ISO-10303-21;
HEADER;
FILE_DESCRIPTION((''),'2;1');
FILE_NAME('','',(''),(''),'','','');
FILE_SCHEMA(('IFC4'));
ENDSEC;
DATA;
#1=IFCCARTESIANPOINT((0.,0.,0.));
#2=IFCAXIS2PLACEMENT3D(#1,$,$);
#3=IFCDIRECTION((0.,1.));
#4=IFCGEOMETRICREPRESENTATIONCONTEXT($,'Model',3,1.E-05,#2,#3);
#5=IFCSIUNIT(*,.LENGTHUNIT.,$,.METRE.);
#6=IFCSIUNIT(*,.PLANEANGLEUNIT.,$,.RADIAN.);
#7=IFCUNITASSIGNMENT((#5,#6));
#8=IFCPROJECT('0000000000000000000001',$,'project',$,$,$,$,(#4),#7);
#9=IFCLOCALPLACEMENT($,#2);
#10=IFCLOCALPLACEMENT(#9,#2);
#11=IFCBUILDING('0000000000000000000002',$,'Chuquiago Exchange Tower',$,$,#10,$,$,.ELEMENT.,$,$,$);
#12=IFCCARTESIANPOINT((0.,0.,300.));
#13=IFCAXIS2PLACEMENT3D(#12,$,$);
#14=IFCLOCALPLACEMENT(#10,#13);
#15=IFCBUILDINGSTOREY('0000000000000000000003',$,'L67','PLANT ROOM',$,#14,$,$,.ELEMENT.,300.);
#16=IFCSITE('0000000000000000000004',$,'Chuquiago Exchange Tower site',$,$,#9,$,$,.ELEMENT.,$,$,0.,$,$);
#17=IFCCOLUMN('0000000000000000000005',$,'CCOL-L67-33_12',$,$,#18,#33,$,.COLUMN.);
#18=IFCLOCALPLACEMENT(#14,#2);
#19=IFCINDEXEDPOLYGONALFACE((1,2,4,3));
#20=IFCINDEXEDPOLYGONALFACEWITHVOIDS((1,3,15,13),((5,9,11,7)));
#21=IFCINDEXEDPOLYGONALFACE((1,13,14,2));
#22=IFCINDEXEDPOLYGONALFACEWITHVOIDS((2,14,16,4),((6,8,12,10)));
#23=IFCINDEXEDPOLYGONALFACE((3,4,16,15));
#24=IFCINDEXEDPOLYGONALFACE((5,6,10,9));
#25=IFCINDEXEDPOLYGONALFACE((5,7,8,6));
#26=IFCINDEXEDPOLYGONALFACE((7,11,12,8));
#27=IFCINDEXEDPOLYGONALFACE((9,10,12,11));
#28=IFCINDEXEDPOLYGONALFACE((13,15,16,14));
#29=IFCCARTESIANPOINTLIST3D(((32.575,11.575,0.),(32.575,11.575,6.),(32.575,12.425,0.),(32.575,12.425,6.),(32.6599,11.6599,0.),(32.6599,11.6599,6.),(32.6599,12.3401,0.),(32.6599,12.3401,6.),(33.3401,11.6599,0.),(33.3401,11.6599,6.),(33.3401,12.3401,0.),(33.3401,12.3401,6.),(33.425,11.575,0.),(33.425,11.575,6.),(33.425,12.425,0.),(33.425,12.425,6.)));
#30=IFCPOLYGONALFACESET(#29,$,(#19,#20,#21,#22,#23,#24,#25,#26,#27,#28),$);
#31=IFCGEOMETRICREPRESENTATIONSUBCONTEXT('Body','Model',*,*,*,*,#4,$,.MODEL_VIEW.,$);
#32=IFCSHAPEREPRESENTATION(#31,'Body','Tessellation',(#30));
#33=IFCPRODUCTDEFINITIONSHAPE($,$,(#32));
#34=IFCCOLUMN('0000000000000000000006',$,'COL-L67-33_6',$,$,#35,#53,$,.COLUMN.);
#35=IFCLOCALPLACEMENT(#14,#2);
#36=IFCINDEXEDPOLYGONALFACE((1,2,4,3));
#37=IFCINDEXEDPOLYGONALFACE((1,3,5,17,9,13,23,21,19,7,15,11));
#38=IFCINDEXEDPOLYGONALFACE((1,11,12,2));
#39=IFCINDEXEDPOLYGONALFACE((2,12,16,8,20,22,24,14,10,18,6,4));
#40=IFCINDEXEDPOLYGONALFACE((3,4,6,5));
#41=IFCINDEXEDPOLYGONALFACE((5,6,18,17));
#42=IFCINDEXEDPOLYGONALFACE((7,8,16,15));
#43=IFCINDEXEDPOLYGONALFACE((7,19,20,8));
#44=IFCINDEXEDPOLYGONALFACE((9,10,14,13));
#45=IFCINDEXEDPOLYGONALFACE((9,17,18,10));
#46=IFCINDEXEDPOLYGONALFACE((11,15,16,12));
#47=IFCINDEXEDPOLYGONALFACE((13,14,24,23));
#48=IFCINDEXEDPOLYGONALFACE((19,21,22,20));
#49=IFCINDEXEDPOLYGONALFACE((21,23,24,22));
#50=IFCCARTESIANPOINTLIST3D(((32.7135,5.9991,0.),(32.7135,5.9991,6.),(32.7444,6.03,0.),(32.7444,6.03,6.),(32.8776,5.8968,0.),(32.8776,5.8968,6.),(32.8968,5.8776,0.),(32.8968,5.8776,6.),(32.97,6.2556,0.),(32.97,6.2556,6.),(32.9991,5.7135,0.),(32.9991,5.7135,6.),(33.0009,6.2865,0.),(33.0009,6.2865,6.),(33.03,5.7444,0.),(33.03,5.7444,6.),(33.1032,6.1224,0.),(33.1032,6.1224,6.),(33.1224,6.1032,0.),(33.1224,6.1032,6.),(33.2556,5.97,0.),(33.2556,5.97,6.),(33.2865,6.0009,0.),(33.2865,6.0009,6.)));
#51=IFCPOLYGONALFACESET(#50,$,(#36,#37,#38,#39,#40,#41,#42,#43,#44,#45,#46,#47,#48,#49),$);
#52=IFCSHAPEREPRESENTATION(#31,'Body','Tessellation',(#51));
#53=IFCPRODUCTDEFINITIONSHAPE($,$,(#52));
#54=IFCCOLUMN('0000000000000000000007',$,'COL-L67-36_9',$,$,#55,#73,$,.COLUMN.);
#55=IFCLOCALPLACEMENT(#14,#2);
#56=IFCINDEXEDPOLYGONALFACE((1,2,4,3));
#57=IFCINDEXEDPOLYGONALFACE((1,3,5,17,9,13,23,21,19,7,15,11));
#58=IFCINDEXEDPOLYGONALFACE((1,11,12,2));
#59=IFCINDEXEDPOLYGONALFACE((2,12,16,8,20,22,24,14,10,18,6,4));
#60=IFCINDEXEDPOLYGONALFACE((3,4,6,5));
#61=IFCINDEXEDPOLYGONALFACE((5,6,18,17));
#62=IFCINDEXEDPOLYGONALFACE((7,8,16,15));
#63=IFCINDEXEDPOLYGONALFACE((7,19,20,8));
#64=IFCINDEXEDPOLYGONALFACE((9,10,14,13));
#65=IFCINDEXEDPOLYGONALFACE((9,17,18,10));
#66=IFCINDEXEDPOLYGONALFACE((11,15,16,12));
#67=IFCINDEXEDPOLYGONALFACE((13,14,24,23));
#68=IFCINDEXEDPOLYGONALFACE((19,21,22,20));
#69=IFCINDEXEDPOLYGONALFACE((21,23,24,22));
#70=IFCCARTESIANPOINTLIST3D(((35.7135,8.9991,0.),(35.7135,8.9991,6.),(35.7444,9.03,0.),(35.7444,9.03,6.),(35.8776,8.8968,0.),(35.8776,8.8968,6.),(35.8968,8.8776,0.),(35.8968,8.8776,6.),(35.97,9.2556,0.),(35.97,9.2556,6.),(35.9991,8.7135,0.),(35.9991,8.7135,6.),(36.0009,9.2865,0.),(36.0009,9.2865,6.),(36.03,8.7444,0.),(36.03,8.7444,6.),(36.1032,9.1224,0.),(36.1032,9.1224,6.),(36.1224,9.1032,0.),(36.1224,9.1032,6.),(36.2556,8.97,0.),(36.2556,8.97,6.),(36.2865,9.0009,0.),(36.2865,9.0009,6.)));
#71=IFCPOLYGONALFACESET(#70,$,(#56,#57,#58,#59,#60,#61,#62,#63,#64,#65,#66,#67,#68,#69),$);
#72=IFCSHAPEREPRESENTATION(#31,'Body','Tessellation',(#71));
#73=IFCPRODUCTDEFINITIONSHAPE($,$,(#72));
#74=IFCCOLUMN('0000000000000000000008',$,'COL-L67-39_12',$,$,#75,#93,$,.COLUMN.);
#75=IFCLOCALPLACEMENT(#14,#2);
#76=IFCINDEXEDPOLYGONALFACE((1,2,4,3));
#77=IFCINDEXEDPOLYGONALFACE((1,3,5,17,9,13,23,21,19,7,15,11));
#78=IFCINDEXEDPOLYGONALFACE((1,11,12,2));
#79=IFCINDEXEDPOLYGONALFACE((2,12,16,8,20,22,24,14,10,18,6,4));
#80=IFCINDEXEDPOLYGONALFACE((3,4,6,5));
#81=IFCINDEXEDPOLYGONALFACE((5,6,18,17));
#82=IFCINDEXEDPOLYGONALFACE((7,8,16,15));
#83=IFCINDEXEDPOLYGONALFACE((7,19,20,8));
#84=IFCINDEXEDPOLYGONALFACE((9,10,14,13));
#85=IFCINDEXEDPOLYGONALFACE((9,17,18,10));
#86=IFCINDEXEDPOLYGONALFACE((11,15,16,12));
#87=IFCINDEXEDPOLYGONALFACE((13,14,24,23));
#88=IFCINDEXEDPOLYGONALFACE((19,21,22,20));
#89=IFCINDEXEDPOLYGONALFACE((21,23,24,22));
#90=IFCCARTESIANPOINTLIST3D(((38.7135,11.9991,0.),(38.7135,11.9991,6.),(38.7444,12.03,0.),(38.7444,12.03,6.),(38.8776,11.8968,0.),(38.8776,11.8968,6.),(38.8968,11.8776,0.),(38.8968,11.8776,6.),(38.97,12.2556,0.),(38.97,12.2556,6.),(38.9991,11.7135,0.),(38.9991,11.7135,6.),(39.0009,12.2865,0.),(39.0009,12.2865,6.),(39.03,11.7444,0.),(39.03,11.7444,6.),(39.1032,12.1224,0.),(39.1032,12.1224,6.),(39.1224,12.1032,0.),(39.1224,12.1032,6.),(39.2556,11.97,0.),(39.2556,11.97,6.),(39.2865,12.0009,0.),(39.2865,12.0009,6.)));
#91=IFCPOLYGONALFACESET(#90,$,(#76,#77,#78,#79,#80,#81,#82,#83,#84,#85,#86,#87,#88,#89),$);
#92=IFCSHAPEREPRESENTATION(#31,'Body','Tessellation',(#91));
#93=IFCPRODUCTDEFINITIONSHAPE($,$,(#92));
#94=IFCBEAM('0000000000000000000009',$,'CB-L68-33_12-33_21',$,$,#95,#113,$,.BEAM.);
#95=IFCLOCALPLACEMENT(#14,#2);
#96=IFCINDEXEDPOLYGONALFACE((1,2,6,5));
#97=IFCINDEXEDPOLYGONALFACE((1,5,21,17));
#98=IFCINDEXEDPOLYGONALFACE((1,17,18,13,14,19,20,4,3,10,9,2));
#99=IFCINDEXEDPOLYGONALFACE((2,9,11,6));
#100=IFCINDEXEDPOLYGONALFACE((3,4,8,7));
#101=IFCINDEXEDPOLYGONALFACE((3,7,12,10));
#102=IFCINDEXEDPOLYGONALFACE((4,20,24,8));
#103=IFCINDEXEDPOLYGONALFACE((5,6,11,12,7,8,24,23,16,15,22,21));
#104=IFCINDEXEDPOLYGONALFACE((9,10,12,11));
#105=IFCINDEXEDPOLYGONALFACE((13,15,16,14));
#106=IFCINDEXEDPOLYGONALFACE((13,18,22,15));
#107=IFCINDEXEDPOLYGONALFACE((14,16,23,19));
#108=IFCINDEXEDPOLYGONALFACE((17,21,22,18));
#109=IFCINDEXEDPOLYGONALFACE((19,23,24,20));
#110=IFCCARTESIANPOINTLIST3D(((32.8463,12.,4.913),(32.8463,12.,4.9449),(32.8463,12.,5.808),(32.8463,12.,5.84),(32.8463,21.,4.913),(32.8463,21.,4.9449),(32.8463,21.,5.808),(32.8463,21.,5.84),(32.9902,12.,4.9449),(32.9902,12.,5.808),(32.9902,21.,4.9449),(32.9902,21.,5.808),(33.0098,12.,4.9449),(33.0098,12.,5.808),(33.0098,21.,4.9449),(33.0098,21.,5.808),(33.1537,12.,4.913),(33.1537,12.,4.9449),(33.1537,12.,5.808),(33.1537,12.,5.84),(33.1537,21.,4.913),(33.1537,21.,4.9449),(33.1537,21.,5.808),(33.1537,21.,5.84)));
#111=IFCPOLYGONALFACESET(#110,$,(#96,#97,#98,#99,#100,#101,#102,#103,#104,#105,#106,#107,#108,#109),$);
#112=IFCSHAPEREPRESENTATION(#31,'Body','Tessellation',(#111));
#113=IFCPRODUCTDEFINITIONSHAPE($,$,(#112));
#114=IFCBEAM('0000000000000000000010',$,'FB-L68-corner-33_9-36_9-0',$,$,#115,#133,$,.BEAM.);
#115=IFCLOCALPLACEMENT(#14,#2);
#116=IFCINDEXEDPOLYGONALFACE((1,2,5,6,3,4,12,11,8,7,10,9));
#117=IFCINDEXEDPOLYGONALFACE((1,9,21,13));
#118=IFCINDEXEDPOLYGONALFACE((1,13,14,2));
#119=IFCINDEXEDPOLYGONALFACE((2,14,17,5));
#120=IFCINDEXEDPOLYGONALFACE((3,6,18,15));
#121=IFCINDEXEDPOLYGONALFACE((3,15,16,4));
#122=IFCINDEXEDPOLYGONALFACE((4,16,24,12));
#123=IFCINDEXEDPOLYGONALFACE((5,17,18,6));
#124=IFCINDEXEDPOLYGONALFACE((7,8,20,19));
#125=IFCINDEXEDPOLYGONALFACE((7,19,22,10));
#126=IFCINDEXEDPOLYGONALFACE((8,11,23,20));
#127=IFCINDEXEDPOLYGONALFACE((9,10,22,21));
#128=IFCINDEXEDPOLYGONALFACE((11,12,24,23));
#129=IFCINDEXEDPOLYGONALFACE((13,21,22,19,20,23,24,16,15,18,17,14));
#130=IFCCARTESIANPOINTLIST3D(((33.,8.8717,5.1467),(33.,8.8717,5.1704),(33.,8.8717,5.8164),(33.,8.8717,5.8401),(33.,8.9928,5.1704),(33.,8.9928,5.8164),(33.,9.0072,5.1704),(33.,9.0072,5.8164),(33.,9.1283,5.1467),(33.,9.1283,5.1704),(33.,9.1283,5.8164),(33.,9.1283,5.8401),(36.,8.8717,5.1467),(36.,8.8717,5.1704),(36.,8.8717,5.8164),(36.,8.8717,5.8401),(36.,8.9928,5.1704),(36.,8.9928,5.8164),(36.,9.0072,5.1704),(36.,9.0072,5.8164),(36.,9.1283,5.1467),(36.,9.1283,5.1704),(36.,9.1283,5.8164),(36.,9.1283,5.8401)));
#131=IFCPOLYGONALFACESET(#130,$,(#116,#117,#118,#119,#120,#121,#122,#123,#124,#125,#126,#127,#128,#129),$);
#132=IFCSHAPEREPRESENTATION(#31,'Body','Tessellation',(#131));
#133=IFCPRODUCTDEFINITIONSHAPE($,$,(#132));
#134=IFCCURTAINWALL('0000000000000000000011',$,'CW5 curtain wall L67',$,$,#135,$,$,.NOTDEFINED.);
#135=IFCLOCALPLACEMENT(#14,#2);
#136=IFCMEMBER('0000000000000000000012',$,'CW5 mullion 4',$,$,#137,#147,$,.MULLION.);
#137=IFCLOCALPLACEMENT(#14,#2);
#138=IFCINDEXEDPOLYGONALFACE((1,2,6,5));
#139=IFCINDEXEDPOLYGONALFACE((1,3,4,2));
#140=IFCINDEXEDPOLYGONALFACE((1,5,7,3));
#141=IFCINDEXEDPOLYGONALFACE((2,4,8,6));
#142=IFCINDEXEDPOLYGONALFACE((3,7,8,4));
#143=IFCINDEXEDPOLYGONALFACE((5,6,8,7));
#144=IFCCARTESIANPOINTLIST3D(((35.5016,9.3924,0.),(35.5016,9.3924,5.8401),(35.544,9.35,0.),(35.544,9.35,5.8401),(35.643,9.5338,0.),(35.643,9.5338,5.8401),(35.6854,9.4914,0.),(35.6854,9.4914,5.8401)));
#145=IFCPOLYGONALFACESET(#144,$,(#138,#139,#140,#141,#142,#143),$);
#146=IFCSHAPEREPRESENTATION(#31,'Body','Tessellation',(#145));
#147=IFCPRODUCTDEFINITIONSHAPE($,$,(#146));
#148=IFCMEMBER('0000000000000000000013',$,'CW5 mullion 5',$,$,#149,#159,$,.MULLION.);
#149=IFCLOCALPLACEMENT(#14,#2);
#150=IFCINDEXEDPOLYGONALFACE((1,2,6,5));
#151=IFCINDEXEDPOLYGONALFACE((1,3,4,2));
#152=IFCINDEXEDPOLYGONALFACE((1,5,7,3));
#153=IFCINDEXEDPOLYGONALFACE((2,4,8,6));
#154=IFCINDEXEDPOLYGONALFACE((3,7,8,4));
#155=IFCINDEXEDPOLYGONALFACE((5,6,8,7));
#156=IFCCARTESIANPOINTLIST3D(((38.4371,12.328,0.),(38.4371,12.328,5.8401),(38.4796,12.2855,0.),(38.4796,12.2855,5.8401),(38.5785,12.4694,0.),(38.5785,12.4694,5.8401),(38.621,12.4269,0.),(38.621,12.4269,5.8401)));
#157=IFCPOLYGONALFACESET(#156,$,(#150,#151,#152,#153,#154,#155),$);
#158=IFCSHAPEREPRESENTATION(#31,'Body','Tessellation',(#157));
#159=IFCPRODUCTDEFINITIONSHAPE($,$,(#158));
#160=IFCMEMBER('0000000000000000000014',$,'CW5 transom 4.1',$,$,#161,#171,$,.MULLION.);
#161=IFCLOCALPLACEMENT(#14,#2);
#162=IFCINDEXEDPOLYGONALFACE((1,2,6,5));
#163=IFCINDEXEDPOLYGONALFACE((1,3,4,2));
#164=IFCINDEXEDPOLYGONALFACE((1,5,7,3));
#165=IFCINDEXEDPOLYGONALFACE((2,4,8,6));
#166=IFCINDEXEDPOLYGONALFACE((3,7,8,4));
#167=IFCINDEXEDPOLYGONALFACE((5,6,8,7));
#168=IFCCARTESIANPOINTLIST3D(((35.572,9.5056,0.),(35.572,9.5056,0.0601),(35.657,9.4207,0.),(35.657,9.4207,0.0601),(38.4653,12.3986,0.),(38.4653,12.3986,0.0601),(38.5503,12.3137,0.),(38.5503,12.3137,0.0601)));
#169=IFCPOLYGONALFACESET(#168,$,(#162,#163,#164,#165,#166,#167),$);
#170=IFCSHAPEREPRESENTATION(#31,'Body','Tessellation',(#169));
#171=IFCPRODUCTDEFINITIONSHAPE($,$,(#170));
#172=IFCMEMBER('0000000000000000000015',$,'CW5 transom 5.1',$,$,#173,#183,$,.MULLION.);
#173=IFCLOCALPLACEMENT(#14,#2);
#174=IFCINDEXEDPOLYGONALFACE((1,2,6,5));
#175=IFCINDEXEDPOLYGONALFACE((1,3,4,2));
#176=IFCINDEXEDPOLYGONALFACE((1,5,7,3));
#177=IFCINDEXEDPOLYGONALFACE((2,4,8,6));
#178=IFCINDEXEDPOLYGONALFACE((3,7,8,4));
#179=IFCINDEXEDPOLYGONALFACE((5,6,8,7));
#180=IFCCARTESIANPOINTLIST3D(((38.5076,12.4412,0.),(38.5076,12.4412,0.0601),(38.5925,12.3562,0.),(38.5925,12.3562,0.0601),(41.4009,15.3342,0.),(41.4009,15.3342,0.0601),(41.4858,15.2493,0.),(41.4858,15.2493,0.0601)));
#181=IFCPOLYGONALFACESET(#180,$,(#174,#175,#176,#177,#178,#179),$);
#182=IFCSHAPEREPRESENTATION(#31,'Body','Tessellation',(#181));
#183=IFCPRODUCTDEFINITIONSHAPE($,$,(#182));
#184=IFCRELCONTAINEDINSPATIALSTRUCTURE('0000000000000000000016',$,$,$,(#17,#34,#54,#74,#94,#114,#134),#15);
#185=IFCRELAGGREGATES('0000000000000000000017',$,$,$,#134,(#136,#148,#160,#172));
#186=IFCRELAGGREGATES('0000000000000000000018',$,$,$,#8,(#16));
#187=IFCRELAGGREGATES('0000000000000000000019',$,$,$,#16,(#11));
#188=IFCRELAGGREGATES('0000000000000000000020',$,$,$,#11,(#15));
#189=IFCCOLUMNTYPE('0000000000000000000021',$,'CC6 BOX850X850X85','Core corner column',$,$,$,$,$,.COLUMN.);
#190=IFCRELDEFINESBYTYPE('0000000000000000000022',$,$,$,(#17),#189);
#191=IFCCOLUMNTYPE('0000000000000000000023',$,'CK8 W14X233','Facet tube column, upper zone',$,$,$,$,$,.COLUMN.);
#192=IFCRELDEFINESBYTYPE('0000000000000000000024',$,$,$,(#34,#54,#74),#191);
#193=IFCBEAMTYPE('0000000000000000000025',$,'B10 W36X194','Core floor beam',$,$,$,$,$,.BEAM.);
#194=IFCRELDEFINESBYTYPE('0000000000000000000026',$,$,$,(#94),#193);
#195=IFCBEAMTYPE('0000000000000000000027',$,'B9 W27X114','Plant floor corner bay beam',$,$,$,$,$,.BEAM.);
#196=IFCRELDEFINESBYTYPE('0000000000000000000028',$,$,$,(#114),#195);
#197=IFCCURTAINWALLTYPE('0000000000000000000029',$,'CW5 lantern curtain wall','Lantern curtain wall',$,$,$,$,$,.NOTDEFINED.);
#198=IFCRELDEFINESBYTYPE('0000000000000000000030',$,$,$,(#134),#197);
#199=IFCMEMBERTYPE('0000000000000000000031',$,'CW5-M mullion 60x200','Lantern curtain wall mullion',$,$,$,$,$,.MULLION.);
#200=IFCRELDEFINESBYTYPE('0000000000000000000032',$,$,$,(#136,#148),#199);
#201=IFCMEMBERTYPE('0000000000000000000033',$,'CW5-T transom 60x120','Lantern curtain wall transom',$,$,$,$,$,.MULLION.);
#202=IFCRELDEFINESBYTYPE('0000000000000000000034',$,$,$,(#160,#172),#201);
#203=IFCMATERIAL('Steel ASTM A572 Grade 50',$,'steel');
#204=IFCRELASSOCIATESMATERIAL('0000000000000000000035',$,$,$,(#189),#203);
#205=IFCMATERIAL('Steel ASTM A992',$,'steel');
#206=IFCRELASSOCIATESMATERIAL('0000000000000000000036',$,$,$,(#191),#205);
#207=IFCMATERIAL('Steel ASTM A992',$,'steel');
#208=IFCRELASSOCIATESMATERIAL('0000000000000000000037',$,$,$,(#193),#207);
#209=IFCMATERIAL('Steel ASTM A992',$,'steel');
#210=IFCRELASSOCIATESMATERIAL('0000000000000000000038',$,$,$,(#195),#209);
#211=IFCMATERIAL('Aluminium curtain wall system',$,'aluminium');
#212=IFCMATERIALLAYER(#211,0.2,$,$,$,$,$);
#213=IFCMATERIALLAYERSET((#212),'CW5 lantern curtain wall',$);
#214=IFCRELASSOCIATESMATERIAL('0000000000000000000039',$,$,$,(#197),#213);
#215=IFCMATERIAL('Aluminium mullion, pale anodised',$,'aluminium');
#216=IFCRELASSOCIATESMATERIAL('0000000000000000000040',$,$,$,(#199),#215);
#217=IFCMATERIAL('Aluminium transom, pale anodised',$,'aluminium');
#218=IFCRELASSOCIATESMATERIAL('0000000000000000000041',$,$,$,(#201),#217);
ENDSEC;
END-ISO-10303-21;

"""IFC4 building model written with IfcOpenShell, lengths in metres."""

from ifc_helpers import new_model, si_unit, direction, frame, origin, origin_2d, place, context, subcontext, project, spatial, rectangle, hollow_rectangle, i_section, extrude, material, layer, layer_set, material_profile, profile_set, type_object, element, aggregate, save


model = new_model("IFC4")

# Units and contexts
model_context = context("Model", 3, precision=1e-05, world=origin(), true_north=direction((0.0, 1.0)))
body_context = subcontext(model_context, "Body", "Model", "MODEL_VIEW")
ifc_project = project(units=[si_unit("LENGTHUNIT", "METRE"), si_unit("PLANEANGLEUNIT", "RADIAN")], contexts=[model_context])

# Site, building, storey
site_placement = place(None, origin())
site = spatial("IfcSite", under=ifc_project, at=site_placement, Name="Chuquiago Exchange Tower site", CompositionType="ELEMENT", RefElevation=0.0)
building_placement = place(site_placement, origin())
building = spatial("IfcBuilding", under=site, at=building_placement, Name="Chuquiago Exchange Tower", CompositionType="ELEMENT")
storey_placement = place(building_placement, frame((0.0, 0.0, 300.0)))
storey = spatial("IfcBuildingStorey", under=building, at=storey_placement, Name="L67", Description="PLANT ROOM", CompositionType="ELEMENT", Elevation=300.0)

# Columns
ifc_material_1 = material(Name="Steel ASTM A572 Grade 50", Category="steel")
ifc_material_profile_1 = material_profile(ifc_material_1, hollow_rectangle(XDim=0.8501, YDim=0.8501, WallThickness=0.085, at=origin_2d()), Name="BOX850X850X85")
ifc_profile_set_1 = profile_set([ifc_material_profile_1], Name="Steel ASTM A572 Grade 50")
column_type_1 = type_object("IfcColumnType", Name="CC6 BOX850X850X85", Description="Core corner column", PredefinedType="COLUMN", material=ifc_profile_set_1)
column_placement = place(storey_placement, frame((33.0, 12.0, 0.0), z_axis=(0.0, 0.0, 1.0), x_axis=(1.0, 0.0, 0.0)))
element("IfcColumn", 1, at=column_placement, inside=storey, type_object=column_type_1, Name="CCOL-L67-33_12", PredefinedType="COLUMN", context=body_context, shape_type="SweptSolid", body=[
    extrude(hollow_rectangle(XDim=0.8501, YDim=0.8501, WallThickness=0.085, at=origin_2d()), origin(), (0.0, 0.0, 1.0), 6.0),
])
ifc_material_2 = material(Name="Steel ASTM A992", Category="steel")
ifc_material_profile_2 = material_profile(ifc_material_2, i_section(OverallWidth=0.4038, OverallDepth=0.4065, WebThickness=0.0271, FlangeThickness=0.0437, at=origin_2d()), Name="W14X233")
ifc_profile_set_2 = profile_set([ifc_material_profile_2], Name="Steel ASTM A992")
column_type_2 = type_object("IfcColumnType", Name="CK8 W14X233", Description="Facet tube column, upper zone", PredefinedType="COLUMN", material=ifc_profile_set_2)
for number, where, z_axis, x_axis, name in (
    (2, (33.0, 6.0, 0.0), (0.0, 0.0, 1.0), (0.707107, -0.707107, 0.0), "COL-L67-33_6"),
    (3, (36.0, 9.0, 0.0), (0.0, 0.0, 1.0), (0.707107, -0.707107, 0.0), "COL-L67-36_9"),
    (4, (39.0, 12.0, 0.0), (0.0, 0.0, 1.0), (0.707107, -0.707107, 0.0), "COL-L67-39_12"),
):
    element("IfcColumn", number, at=place(storey_placement, frame(where, z_axis=z_axis, x_axis=x_axis)), inside=storey, type_object=column_type_2, Name=name, PredefinedType="COLUMN", context=body_context, shape_type="SweptSolid", body=[
        extrude(i_section(OverallWidth=0.4038, OverallDepth=0.4065, WebThickness=0.0271, FlangeThickness=0.0437, at=origin_2d()), origin(), (0.0, 0.0, 1.0), 6.0),
    ])

# Beams
ifc_material_3 = material(Name="Steel ASTM A992", Category="steel")
ifc_material_profile_3 = material_profile(ifc_material_3, i_section(OverallWidth=0.3074, OverallDepth=0.927, WebThickness=0.0195, FlangeThickness=0.032, at=origin_2d()), Name="W36X194")
ifc_profile_set_3 = profile_set([ifc_material_profile_3], Name="Steel ASTM A992")
beam_type_1 = type_object("IfcBeamType", Name="B10 W36X194", Description="Core floor beam", PredefinedType="BEAM", material=ifc_profile_set_3)
beam_1_placement = place(storey_placement, frame((33.0, 12.0, 5.3765), z_axis=(0.0, 1.0, 0.0), x_axis=(-1.0, 0.0, 0.0)))
element("IfcBeam", 5, at=beam_1_placement, inside=storey, type_object=beam_type_1, Name="CB-L68-33_12-33_21", PredefinedType="BEAM", context=body_context, shape_type="SweptSolid", body=[
    extrude(i_section(OverallWidth=0.3074, OverallDepth=0.927, WebThickness=0.0195, FlangeThickness=0.032, at=origin_2d()), origin(), (0.0, 0.0, 1.0), 9.0),
])
ifc_material_4 = material(Name="Steel ASTM A992", Category="steel")
ifc_material_profile_4 = material_profile(ifc_material_4, i_section(OverallWidth=0.2566, OverallDepth=0.6934, WebThickness=0.0144, FlangeThickness=0.0237, at=origin_2d()), Name="W27X114")
ifc_profile_set_4 = profile_set([ifc_material_profile_4], Name="Steel ASTM A992")
beam_type_2 = type_object("IfcBeamType", Name="B9 W27X114", Description="Plant floor corner bay beam", PredefinedType="BEAM", material=ifc_profile_set_4)
beam_2_placement = place(storey_placement, frame((33.0, 9.0, 5.4934), z_axis=(1.0, 0.0, 0.0), x_axis=(0.0, 1.0, 0.0)))
element("IfcBeam", 6, at=beam_2_placement, inside=storey, type_object=beam_type_2, Name="FB-L68-corner-33_9-36_9-0", PredefinedType="BEAM", context=body_context, shape_type="SweptSolid", body=[
    extrude(i_section(OverallWidth=0.2566, OverallDepth=0.6934, WebThickness=0.0144, FlangeThickness=0.0237, at=origin_2d()), origin(), (0.0, 0.0, 1.0), 3.0),
])

# Curtain wall, members
ifc_material_5 = material(Name="Aluminium curtain wall system", Category="aluminium")
ifc_layer_1 = layer(ifc_material_5, 0.2)
ifc_layer_set_1 = layer_set([ifc_layer_1], Name="CW5 lantern curtain wall")
curtain_wall_type = type_object("IfcCurtainWallType", Name="CW5 lantern curtain wall", Description="Lantern curtain wall", PredefinedType="NOTDEFINED", material=ifc_layer_set_1)
curtain_wall_placement = place(storey_placement, origin())
curtain_wall = element("IfcCurtainWall", 7, at=curtain_wall_placement, inside=storey, type_object=curtain_wall_type, Name="CW5 curtain wall L67", PredefinedType="NOTDEFINED")
ifc_material_6 = material(Name="Aluminium mullion, pale anodised", Category="aluminium")
ifc_material_profile_5 = material_profile(ifc_material_6, rectangle(XDim=0.0601, YDim=0.2, at=origin_2d()), Name="AL 60x200")
ifc_profile_set_5 = profile_set([ifc_material_profile_5], Name="Aluminium mullion, pale anodised")
member_type_1 = type_object("IfcMemberType", Name="CW5-M mullion 60x200", Description="Lantern curtain wall mullion", PredefinedType="MULLION", material=ifc_profile_set_5)
member_1_placement = place(storey_placement, frame((35.5935, 9.4419, 0.0), z_axis=(0.0, 0.0, 1.0), x_axis=(-0.707105, 0.707109, 0.0)))
member_1 = element("IfcMember", 8, at=member_1_placement, type_object=member_type_1, Name="CW5 mullion 4", PredefinedType="MULLION", context=body_context, shape_type="SweptSolid", body=[
    extrude(rectangle(XDim=0.0601, YDim=0.2, at=origin_2d()), origin(), (0.0, 0.0, 1.0), 5.8401),
])
member_2_placement = place(storey_placement, frame((38.5291, 12.3774, 0.0), z_axis=(0.0, 0.0, 1.0), x_axis=(-0.707105, 0.707109, 0.0)))
member_2 = element("IfcMember", 9, at=member_2_placement, type_object=member_type_1, Name="CW5 mullion 5", PredefinedType="MULLION", context=body_context, shape_type="SweptSolid", body=[
    extrude(rectangle(XDim=0.0601, YDim=0.2, at=origin_2d()), origin(), (0.0, 0.0, 1.0), 5.8401),
])
ifc_material_7 = material(Name="Aluminium transom, pale anodised", Category="aluminium")
ifc_material_profile_6 = material_profile(ifc_material_7, rectangle(XDim=0.1201, YDim=0.0601, at=origin_2d()), Name="AL 120x60")
ifc_profile_set_6 = profile_set([ifc_material_profile_6], Name="Aluminium transom, pale anodised")
member_type_2 = type_object("IfcMemberType", Name="CW5-T transom 60x120", Description="Lantern curtain wall transom", PredefinedType="MULLION", material=ifc_profile_set_6)
member_3_placement = place(storey_placement, frame((35.6145, 9.4631, 0.03), z_axis=(0.707137, 0.707077, 0.0), x_axis=(-0.707077, 0.707137, 0.0)))
member_3 = element("IfcMember", 10, at=member_3_placement, type_object=member_type_2, Name="CW5 transom 4.1", PredefinedType="MULLION", context=body_context, shape_type="SweptSolid", body=[
    extrude(rectangle(XDim=0.1201, YDim=0.0601, at=origin_2d()), origin(), (0.0, 0.0, 1.0), 4.0916),
])
member_4_placement = place(storey_placement, frame((38.55, 12.3987, 0.03), z_axis=(0.707137, 0.707077, 0.0), x_axis=(-0.707077, 0.707137, 0.0)))
member_4 = element("IfcMember", 11, at=member_4_placement, type_object=member_type_2, Name="CW5 transom 5.1", PredefinedType="MULLION", context=body_context, shape_type="SweptSolid", body=[
    extrude(rectangle(XDim=0.1201, YDim=0.0601, at=origin_2d()), origin(), (0.0, 0.0, 1.0), 4.0916),
])

aggregate(curtain_wall, [member_1, member_2, member_3, member_4])

save(model, "model.ifc")
